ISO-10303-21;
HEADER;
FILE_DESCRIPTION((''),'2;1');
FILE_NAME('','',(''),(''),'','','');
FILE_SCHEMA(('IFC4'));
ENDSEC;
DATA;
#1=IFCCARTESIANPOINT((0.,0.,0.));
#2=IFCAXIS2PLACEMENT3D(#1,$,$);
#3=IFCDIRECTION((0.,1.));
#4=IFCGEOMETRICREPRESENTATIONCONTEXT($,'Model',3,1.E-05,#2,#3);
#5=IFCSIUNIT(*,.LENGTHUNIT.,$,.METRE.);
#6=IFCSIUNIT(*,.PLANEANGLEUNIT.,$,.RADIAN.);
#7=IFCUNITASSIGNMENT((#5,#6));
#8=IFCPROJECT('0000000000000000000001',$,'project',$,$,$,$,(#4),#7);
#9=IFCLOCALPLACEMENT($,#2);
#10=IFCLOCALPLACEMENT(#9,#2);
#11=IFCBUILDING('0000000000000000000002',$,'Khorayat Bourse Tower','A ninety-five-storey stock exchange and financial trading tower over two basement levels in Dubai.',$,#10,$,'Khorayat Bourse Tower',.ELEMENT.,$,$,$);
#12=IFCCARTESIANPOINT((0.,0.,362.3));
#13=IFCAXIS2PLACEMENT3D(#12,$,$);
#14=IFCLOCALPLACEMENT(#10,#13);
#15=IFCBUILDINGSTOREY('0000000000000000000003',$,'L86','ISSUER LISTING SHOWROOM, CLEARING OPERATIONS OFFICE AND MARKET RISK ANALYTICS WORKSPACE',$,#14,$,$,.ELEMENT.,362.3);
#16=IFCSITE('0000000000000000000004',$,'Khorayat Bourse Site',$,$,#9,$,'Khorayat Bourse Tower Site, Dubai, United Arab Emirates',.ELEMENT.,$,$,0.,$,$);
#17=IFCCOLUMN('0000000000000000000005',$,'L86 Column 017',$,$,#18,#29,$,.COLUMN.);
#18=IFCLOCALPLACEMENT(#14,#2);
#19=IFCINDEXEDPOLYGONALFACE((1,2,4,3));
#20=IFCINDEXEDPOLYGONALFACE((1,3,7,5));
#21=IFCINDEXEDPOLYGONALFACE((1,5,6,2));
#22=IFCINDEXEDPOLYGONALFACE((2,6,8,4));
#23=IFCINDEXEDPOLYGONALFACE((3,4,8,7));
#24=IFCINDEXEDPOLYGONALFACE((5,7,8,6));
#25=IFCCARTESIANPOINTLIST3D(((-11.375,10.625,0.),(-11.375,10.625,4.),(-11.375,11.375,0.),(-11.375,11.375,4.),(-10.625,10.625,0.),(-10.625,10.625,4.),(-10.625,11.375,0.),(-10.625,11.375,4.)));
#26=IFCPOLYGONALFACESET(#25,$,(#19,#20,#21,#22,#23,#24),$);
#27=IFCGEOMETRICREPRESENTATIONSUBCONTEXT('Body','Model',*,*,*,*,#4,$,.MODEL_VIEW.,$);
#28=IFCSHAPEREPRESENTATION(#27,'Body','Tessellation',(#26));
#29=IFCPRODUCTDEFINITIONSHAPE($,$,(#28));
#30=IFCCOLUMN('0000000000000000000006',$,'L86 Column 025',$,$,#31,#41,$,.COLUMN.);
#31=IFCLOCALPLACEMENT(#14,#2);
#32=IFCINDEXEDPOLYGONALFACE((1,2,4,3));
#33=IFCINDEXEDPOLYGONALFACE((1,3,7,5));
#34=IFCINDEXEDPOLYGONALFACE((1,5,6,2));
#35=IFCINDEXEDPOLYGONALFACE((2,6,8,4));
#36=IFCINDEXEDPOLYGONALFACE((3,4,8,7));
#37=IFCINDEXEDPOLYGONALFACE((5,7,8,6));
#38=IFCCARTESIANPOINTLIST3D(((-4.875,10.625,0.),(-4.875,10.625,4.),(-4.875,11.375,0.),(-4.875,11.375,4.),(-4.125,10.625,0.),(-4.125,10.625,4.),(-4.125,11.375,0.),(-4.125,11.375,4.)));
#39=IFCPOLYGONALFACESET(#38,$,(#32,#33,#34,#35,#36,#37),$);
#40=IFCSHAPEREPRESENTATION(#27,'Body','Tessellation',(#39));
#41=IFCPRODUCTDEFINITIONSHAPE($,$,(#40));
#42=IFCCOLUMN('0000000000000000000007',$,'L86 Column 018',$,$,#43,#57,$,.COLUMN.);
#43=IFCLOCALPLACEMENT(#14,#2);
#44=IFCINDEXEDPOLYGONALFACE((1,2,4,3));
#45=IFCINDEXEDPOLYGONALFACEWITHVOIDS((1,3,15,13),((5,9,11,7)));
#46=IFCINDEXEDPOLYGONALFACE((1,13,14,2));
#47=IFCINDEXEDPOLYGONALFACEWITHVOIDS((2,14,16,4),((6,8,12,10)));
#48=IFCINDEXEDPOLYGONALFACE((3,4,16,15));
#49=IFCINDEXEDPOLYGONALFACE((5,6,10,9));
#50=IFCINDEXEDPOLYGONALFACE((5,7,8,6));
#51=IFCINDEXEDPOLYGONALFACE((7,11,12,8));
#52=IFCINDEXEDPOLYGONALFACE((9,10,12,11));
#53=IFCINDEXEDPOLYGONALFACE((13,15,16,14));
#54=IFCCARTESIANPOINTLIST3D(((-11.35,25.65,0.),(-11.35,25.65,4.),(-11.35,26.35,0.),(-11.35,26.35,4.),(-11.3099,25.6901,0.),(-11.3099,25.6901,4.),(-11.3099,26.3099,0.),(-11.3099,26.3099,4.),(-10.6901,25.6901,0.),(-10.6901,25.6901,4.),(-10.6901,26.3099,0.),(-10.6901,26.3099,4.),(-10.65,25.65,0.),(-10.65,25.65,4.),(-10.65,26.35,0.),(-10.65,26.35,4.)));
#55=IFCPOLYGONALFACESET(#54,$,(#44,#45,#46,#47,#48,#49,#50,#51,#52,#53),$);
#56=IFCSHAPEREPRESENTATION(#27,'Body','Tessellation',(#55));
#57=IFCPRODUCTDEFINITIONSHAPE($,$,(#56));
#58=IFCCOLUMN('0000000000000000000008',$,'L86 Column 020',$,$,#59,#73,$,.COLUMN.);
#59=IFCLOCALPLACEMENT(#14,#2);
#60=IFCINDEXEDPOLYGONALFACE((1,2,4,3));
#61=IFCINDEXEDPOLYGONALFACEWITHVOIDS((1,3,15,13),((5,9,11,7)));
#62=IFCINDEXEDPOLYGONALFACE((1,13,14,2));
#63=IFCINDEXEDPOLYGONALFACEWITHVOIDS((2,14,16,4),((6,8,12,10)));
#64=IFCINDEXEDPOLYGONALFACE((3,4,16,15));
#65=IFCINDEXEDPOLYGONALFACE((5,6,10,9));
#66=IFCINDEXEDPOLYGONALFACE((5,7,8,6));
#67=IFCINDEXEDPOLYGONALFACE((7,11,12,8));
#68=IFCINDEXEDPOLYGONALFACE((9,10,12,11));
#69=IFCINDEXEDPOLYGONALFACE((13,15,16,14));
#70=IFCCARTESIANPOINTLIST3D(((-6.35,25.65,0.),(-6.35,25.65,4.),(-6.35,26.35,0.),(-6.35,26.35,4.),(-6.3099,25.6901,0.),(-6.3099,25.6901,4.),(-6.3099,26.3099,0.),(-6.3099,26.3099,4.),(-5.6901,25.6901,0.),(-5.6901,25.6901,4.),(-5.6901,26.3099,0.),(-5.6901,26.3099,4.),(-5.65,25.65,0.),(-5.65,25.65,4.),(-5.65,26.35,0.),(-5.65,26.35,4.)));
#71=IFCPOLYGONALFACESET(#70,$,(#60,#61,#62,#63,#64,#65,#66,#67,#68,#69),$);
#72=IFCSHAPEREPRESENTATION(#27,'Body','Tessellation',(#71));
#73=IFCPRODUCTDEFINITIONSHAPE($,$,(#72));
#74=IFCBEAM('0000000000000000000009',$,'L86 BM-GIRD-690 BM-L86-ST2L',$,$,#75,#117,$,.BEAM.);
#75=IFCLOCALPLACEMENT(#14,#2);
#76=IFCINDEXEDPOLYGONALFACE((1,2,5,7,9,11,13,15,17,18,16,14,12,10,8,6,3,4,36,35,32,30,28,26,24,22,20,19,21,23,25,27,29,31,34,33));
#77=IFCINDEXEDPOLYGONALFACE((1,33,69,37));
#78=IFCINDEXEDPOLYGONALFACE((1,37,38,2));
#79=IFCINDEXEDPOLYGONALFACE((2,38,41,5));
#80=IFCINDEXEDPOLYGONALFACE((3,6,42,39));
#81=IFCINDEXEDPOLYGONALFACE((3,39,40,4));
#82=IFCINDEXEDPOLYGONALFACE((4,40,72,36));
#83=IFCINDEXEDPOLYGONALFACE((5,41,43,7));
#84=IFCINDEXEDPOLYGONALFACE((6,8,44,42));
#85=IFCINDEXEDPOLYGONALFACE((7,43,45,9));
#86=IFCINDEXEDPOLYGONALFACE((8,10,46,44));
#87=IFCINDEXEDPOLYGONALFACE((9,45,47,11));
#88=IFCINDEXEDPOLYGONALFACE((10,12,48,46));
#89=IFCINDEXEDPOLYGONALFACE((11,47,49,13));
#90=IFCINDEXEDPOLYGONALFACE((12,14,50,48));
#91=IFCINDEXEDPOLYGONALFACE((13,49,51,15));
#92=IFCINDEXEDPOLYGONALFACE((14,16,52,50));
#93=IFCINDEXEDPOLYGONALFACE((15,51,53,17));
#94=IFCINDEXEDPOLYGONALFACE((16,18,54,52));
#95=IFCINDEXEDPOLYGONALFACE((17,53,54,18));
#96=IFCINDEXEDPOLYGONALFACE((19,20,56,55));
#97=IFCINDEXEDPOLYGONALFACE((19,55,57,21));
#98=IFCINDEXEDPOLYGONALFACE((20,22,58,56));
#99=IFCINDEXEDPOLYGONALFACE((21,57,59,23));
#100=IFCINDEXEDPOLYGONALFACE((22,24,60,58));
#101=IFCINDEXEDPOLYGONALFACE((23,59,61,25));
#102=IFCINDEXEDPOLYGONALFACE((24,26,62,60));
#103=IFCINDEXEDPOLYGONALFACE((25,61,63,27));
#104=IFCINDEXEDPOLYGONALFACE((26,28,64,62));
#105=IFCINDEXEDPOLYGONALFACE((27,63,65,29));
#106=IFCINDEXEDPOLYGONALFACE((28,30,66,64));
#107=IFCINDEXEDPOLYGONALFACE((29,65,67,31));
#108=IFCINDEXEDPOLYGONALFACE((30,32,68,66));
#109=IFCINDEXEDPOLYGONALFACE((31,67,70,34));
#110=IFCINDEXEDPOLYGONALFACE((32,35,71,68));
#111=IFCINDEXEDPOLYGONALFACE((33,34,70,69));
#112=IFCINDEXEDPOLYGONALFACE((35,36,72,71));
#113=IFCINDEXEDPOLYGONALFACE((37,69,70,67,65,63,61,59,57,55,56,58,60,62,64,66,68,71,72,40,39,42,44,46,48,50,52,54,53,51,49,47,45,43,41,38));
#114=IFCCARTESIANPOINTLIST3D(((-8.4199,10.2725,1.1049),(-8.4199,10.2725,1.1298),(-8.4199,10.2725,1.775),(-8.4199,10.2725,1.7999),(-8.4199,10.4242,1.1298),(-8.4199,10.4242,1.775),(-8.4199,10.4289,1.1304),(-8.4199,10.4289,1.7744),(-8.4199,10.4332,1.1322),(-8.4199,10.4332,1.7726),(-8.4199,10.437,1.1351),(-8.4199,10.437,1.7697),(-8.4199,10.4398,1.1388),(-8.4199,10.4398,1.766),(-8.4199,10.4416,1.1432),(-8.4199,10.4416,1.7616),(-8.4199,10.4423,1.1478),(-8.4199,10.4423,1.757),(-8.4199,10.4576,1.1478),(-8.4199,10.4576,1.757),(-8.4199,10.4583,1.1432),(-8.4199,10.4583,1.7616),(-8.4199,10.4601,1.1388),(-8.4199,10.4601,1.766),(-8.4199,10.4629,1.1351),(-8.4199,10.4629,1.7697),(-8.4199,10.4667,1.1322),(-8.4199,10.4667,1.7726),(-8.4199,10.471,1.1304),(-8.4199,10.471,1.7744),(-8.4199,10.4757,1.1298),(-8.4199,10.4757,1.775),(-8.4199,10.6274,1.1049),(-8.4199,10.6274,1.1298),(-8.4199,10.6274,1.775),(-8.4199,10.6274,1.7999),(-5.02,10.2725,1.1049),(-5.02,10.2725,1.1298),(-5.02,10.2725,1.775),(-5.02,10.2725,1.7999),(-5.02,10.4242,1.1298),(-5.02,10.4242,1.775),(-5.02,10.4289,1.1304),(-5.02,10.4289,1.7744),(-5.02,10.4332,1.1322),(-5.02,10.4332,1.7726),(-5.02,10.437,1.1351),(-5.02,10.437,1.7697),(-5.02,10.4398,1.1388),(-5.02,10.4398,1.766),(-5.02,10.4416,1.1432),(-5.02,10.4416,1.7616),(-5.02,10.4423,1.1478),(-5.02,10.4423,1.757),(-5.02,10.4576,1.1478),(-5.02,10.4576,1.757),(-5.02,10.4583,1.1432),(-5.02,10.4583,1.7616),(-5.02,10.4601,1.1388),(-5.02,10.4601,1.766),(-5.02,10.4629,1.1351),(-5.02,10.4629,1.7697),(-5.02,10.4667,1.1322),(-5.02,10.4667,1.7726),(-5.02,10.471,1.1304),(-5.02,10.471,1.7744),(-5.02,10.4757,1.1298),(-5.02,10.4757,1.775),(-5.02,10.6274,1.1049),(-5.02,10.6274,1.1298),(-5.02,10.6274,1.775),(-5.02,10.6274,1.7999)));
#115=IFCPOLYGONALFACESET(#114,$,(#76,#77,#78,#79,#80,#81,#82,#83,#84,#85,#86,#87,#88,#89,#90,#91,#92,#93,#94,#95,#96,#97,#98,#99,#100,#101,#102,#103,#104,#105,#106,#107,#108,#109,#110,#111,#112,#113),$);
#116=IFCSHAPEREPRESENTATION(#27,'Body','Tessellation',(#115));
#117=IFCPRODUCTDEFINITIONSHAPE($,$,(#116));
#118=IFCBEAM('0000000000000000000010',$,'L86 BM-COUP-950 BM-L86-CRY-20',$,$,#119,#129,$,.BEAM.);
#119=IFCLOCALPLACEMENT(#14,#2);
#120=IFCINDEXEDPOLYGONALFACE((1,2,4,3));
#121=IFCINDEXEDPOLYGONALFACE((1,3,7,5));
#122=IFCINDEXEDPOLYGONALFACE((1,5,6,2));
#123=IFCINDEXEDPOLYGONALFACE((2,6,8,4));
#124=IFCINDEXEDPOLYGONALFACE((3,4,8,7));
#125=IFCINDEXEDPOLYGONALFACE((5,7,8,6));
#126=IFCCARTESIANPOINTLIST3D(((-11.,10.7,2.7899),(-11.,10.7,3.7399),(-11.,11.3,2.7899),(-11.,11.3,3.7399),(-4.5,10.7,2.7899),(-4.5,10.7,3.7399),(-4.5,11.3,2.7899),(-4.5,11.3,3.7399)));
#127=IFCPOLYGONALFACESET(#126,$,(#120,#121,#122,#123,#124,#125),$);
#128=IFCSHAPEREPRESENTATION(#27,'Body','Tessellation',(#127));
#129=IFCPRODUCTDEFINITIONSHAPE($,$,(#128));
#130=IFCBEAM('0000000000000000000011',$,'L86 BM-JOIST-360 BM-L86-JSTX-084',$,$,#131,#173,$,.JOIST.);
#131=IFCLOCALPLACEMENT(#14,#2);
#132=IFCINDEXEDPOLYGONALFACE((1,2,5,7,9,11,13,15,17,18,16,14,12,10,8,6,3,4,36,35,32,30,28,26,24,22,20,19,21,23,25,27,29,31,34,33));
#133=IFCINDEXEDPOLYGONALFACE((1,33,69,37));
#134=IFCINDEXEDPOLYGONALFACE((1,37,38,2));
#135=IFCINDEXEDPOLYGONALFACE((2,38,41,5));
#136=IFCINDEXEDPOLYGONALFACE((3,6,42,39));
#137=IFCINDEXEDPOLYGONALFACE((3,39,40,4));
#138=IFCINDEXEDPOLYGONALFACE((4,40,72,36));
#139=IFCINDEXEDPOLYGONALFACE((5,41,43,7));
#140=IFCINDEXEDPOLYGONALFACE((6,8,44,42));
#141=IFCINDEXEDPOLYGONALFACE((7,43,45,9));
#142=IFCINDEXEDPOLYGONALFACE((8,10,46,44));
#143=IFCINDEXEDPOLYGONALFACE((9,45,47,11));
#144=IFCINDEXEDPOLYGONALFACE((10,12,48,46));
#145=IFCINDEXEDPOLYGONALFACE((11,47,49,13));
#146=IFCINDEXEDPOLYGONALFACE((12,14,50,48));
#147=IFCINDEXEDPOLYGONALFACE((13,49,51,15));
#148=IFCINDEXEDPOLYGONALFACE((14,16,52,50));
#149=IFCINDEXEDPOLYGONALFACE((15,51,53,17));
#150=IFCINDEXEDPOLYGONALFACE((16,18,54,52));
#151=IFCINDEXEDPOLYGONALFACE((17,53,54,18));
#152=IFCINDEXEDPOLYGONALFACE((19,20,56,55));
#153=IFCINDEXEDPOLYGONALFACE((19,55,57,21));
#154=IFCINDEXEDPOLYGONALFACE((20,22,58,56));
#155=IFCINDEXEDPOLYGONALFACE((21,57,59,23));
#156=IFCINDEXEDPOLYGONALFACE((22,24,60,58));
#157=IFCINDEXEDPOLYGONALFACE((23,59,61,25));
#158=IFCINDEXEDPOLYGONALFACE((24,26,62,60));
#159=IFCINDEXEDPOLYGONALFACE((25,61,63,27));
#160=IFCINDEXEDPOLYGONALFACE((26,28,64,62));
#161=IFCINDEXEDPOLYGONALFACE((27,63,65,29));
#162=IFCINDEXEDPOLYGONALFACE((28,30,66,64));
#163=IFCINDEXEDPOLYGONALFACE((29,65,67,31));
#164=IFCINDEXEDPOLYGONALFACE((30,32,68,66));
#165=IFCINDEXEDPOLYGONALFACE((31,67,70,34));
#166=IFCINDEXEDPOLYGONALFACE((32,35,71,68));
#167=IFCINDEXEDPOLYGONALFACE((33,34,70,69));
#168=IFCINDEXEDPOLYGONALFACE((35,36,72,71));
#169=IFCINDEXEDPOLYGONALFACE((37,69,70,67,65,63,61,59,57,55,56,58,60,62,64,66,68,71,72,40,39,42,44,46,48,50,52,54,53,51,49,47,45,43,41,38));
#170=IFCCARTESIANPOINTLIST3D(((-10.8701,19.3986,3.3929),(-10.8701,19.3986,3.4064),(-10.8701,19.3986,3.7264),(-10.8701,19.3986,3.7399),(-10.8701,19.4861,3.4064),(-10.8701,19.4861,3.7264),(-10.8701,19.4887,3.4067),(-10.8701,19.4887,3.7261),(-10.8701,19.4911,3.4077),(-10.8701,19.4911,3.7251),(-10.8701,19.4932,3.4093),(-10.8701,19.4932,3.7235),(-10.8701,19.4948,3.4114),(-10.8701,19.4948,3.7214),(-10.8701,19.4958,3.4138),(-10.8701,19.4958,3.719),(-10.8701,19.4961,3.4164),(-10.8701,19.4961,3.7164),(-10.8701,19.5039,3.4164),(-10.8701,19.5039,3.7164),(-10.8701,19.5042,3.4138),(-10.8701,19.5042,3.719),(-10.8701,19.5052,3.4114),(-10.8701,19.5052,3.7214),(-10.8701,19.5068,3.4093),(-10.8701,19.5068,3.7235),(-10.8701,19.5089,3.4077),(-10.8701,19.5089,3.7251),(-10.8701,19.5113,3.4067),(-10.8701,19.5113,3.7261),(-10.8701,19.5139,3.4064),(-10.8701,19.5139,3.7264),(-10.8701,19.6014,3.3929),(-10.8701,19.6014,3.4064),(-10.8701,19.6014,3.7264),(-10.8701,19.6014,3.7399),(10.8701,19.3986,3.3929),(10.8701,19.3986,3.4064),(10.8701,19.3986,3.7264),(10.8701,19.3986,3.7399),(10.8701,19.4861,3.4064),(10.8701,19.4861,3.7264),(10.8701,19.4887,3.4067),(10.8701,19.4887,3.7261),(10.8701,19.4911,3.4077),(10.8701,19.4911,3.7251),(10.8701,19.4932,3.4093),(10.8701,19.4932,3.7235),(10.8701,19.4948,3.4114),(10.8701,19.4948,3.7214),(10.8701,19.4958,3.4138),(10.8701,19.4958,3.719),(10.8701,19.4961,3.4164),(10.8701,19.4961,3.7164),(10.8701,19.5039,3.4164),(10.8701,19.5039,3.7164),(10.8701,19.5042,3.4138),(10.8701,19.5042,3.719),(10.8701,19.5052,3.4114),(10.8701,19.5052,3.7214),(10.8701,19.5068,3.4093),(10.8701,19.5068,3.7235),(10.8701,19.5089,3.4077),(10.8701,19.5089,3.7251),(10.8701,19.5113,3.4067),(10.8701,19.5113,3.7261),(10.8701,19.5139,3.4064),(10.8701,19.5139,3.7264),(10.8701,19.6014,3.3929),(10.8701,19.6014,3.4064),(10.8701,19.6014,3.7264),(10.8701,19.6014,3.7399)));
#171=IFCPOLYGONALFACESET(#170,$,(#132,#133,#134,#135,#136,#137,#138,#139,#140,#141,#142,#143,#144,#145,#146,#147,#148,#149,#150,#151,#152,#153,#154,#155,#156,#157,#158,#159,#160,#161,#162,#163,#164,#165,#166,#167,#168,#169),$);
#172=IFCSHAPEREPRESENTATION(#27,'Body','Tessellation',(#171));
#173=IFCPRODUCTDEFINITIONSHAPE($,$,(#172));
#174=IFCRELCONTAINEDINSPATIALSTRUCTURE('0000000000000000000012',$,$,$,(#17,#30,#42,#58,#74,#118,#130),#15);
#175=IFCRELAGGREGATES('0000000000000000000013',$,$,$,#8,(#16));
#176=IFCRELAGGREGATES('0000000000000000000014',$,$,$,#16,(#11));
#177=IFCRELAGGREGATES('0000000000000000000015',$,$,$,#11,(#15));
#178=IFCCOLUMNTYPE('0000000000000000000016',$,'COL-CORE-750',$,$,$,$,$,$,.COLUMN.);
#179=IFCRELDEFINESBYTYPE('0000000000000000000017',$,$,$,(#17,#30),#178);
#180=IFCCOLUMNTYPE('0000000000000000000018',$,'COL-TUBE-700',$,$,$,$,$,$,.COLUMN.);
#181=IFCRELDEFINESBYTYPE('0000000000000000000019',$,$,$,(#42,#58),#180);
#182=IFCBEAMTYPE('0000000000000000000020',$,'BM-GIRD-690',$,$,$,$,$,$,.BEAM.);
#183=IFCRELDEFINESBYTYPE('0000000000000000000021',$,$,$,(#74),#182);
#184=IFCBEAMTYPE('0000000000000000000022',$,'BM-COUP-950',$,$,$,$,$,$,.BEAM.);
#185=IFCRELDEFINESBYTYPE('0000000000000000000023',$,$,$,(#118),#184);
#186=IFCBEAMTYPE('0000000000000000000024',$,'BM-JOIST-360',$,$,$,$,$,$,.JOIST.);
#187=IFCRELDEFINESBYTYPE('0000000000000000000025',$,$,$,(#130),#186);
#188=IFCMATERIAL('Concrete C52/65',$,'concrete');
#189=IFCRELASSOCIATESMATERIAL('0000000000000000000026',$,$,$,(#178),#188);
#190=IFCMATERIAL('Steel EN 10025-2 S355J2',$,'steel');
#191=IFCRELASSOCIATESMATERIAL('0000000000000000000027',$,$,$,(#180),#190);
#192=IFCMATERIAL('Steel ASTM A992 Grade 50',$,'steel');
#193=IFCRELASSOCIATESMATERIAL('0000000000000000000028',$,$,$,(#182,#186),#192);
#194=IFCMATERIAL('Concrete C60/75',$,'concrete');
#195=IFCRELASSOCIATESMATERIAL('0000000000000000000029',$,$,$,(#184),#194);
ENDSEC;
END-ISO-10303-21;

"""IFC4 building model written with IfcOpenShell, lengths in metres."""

from ifc_helpers import new_model, si_unit, direction, frame, origin, origin_2d, place, context, subcontext, project, spatial, rectangle, hollow_rectangle, i_section, extrude, source, transform, mapped, material, material_profile, profile_set, type_object, element, save


model = new_model("IFC4")

# Units and contexts
model_context = context("Model", 3, precision=1e-05, world=origin(), true_north=direction((0.0, 1.0)))
body_context = subcontext(model_context, "Body", "Model", "MODEL_VIEW")
ifc_project = project(units=[si_unit("LENGTHUNIT", "METRE"), si_unit("PLANEANGLEUNIT", "RADIAN")], contexts=[model_context])

# Site, building, storey
site_placement = place(None, origin())
site = spatial("IfcSite", under=ifc_project, at=site_placement, Name="Khorayat Bourse Site", LongName="Khorayat Bourse Tower Site, Dubai, United Arab Emirates", CompositionType="ELEMENT", RefElevation=0.0)
building_placement = place(site_placement, origin())
building = spatial("IfcBuilding", under=site, at=building_placement, Name="Khorayat Bourse Tower", Description="A ninety-five-storey stock exchange and financial trading tower over two basement levels in Dubai.", LongName="Khorayat Bourse Tower", CompositionType="ELEMENT")
storey_placement = place(building_placement, frame((0.0, 0.0, 362.3)))
storey = spatial("IfcBuildingStorey", under=building, at=storey_placement, Name="L86", Description="ISSUER LISTING SHOWROOM, CLEARING OPERATIONS OFFICE AND MARKET RISK ANALYTICS WORKSPACE", CompositionType="ELEMENT", Elevation=362.3)

# Columns
ifc_material_1 = material(Name="Concrete C52/65", Category="concrete")
ifc_material_profile_1 = material_profile(ifc_material_1, rectangle(XDim=0.75, YDim=0.75, at=origin_2d()), Name="RC 750x750")
ifc_profile_set_1 = profile_set([ifc_material_profile_1], Name="Concrete C52/65")
column_type_1 = type_object("IfcColumnType", Name="COL-CORE-750", PredefinedType="COLUMN", material=ifc_profile_set_1)
shared_shape_1 = source(origin(), body_context, "Body", "SweptSolid", [
    extrude(rectangle(XDim=0.75, YDim=0.75, at=origin_2d()), origin(), (0.0, 0.0, 1.0), 4.0),
])
for number, where, z_axis, x_axis, name in (
    (1, (-11.0, 11.0, 0.0), (0.0, 0.0, 1.0), (1.0, 0.0, 0.0), "L86 Column 017"),
    (2, (-4.5, 11.0, 0.0), (0.0, 0.0, 1.0), (1.0, 0.0, 0.0), "L86 Column 025"),
):
    element("IfcColumn", number, at=place(storey_placement, frame(where, z_axis=z_axis, x_axis=x_axis)), inside=storey, type_object=column_type_1, Name=name, PredefinedType="COLUMN", context=body_context, shape_type="MappedRepresentation", body=[
        mapped(shared_shape_1, transform((0.0, 0.0, 0.0), scale=1.0)),
    ])
ifc_material_2 = material(Name="Steel EN 10025-2 S355J2", Category="steel")
ifc_material_profile_2 = material_profile(ifc_material_2, hollow_rectangle(XDim=0.7, YDim=0.7, WallThickness=0.04, at=origin_2d()), Name="BOX 700x700x40")
ifc_profile_set_2 = profile_set([ifc_material_profile_2], Name="Steel EN 10025-2 S355J2")
column_type_2 = type_object("IfcColumnType", Name="COL-TUBE-700", PredefinedType="COLUMN", material=ifc_profile_set_2)
shared_shape_2 = source(origin(), body_context, "Body", "SweptSolid", [
    extrude(hollow_rectangle(XDim=0.7, YDim=0.7, WallThickness=0.04, at=origin_2d()), origin(), (0.0, 0.0, 1.0), 4.0),
])
for number, where, z_axis, x_axis, name in (
    (3, (-11.0, 26.0, 0.0), (0.0, 0.0, 1.0), (1.0, 0.0, 0.0), "L86 Column 018"),
    (4, (-6.0, 26.0, 0.0), (0.0, 0.0, 1.0), (1.0, 0.0, 0.0), "L86 Column 020"),
):
    element("IfcColumn", number, at=place(storey_placement, frame(where, z_axis=z_axis, x_axis=x_axis)), inside=storey, type_object=column_type_2, Name=name, PredefinedType="COLUMN", context=body_context, shape_type="MappedRepresentation", body=[
        mapped(shared_shape_2, transform((0.0, 0.0, 0.0), scale=1.0)),
    ])

# Beams
ifc_material_3 = material(Name="Steel ASTM A992 Grade 50", Category="steel")
ifc_material_profile_3 = material_profile(ifc_material_3, i_section(OverallWidth=0.355, OverallDepth=0.6951, WebThickness=0.0154, FlangeThickness=0.0249, FilletRadius=0.0181, at=origin_2d()), Name="W690X217")
ifc_profile_set_3 = profile_set([ifc_material_profile_3], Name="Steel ASTM A992 Grade 50")
beam_type_1 = type_object("IfcBeamType", Name="BM-GIRD-690", PredefinedType="BEAM", material=ifc_profile_set_3)
shared_shape_3 = source(origin(), body_context, "Body", "SweptSolid", [
    extrude(i_section(OverallWidth=0.355, OverallDepth=0.6951, WebThickness=0.0154, FlangeThickness=0.0249, FilletRadius=0.0181, at=origin_2d()), origin(), (0.0, 0.0, 1.0), 3.3999),
])
beam_1_placement = place(storey_placement, frame((-8.4199, 10.45, 1.4524), z_axis=(1.0, 0.0, 0.0), x_axis=(0.0, 1.0, 0.0)))
element("IfcBeam", 5, at=beam_1_placement, inside=storey, type_object=beam_type_1, Name="L86 BM-GIRD-690 BM-L86-ST2L", PredefinedType="BEAM", context=body_context, shape_type="MappedRepresentation", body=[
    mapped(shared_shape_3, transform((0.0, 0.0, 0.0), scale=1.0)),
])
ifc_material_4 = material(Name="Concrete C60/75", Category="concrete")
ifc_material_profile_4 = material_profile(ifc_material_4, rectangle(XDim=0.6001, YDim=0.95, at=origin_2d()), Name="RC 600x950")
ifc_profile_set_4 = profile_set([ifc_material_profile_4], Name="Concrete C60/75")
beam_type_2 = type_object("IfcBeamType", Name="BM-COUP-950", PredefinedType="BEAM", material=ifc_profile_set_4)
shared_shape_4 = source(origin(), body_context, "Body", "SweptSolid", [
    extrude(rectangle(XDim=0.6001, YDim=0.95, at=origin_2d()), origin(), (0.0, 0.0, 1.0), 6.5),
])
beam_2_placement = place(storey_placement, frame((-11.0, 11.0, 3.2649), z_axis=(1.0, 0.0, 0.0), x_axis=(0.0, 1.0, 0.0)))
element("IfcBeam", 6, at=beam_2_placement, inside=storey, type_object=beam_type_2, Name="L86 BM-COUP-950 BM-L86-CRY-20", PredefinedType="BEAM", context=body_context, shape_type="MappedRepresentation", body=[
    mapped(shared_shape_4, transform((0.0, 0.0, 0.0), scale=1.0)),
])
ifc_material_profile_5 = material_profile(ifc_material_3, i_section(OverallWidth=0.2029, OverallDepth=0.3469, WebThickness=0.0078, FlangeThickness=0.0134, FilletRadius=0.01, at=origin_2d()), Name="W360X64")
ifc_profile_set_5 = profile_set([ifc_material_profile_5], Name="Steel ASTM A992 Grade 50")
beam_type_3 = type_object("IfcBeamType", Name="BM-JOIST-360", PredefinedType="JOIST", material=ifc_profile_set_5)
shared_shape_5 = source(origin(), body_context, "Body", "SweptSolid", [
    extrude(i_section(OverallWidth=0.2029, OverallDepth=0.3469, WebThickness=0.0078, FlangeThickness=0.0134, FilletRadius=0.01, at=origin_2d()), origin(), (0.0, 0.0, 1.0), 21.7402),
])
beam_3_placement = place(storey_placement, frame((-10.8701, 19.5, 3.5664), z_axis=(1.0, 0.0, 0.0), x_axis=(0.0, 1.0, 0.0)))
element("IfcBeam", 7, at=beam_3_placement, inside=storey, type_object=beam_type_3, Name="L86 BM-JOIST-360 BM-L86-JSTX-084", PredefinedType="JOIST", context=body_context, shape_type="MappedRepresentation", body=[
    mapped(shared_shape_5, transform((0.0, 0.0, 0.0), scale=1.0)),
])

save(model, "model.ifc")
